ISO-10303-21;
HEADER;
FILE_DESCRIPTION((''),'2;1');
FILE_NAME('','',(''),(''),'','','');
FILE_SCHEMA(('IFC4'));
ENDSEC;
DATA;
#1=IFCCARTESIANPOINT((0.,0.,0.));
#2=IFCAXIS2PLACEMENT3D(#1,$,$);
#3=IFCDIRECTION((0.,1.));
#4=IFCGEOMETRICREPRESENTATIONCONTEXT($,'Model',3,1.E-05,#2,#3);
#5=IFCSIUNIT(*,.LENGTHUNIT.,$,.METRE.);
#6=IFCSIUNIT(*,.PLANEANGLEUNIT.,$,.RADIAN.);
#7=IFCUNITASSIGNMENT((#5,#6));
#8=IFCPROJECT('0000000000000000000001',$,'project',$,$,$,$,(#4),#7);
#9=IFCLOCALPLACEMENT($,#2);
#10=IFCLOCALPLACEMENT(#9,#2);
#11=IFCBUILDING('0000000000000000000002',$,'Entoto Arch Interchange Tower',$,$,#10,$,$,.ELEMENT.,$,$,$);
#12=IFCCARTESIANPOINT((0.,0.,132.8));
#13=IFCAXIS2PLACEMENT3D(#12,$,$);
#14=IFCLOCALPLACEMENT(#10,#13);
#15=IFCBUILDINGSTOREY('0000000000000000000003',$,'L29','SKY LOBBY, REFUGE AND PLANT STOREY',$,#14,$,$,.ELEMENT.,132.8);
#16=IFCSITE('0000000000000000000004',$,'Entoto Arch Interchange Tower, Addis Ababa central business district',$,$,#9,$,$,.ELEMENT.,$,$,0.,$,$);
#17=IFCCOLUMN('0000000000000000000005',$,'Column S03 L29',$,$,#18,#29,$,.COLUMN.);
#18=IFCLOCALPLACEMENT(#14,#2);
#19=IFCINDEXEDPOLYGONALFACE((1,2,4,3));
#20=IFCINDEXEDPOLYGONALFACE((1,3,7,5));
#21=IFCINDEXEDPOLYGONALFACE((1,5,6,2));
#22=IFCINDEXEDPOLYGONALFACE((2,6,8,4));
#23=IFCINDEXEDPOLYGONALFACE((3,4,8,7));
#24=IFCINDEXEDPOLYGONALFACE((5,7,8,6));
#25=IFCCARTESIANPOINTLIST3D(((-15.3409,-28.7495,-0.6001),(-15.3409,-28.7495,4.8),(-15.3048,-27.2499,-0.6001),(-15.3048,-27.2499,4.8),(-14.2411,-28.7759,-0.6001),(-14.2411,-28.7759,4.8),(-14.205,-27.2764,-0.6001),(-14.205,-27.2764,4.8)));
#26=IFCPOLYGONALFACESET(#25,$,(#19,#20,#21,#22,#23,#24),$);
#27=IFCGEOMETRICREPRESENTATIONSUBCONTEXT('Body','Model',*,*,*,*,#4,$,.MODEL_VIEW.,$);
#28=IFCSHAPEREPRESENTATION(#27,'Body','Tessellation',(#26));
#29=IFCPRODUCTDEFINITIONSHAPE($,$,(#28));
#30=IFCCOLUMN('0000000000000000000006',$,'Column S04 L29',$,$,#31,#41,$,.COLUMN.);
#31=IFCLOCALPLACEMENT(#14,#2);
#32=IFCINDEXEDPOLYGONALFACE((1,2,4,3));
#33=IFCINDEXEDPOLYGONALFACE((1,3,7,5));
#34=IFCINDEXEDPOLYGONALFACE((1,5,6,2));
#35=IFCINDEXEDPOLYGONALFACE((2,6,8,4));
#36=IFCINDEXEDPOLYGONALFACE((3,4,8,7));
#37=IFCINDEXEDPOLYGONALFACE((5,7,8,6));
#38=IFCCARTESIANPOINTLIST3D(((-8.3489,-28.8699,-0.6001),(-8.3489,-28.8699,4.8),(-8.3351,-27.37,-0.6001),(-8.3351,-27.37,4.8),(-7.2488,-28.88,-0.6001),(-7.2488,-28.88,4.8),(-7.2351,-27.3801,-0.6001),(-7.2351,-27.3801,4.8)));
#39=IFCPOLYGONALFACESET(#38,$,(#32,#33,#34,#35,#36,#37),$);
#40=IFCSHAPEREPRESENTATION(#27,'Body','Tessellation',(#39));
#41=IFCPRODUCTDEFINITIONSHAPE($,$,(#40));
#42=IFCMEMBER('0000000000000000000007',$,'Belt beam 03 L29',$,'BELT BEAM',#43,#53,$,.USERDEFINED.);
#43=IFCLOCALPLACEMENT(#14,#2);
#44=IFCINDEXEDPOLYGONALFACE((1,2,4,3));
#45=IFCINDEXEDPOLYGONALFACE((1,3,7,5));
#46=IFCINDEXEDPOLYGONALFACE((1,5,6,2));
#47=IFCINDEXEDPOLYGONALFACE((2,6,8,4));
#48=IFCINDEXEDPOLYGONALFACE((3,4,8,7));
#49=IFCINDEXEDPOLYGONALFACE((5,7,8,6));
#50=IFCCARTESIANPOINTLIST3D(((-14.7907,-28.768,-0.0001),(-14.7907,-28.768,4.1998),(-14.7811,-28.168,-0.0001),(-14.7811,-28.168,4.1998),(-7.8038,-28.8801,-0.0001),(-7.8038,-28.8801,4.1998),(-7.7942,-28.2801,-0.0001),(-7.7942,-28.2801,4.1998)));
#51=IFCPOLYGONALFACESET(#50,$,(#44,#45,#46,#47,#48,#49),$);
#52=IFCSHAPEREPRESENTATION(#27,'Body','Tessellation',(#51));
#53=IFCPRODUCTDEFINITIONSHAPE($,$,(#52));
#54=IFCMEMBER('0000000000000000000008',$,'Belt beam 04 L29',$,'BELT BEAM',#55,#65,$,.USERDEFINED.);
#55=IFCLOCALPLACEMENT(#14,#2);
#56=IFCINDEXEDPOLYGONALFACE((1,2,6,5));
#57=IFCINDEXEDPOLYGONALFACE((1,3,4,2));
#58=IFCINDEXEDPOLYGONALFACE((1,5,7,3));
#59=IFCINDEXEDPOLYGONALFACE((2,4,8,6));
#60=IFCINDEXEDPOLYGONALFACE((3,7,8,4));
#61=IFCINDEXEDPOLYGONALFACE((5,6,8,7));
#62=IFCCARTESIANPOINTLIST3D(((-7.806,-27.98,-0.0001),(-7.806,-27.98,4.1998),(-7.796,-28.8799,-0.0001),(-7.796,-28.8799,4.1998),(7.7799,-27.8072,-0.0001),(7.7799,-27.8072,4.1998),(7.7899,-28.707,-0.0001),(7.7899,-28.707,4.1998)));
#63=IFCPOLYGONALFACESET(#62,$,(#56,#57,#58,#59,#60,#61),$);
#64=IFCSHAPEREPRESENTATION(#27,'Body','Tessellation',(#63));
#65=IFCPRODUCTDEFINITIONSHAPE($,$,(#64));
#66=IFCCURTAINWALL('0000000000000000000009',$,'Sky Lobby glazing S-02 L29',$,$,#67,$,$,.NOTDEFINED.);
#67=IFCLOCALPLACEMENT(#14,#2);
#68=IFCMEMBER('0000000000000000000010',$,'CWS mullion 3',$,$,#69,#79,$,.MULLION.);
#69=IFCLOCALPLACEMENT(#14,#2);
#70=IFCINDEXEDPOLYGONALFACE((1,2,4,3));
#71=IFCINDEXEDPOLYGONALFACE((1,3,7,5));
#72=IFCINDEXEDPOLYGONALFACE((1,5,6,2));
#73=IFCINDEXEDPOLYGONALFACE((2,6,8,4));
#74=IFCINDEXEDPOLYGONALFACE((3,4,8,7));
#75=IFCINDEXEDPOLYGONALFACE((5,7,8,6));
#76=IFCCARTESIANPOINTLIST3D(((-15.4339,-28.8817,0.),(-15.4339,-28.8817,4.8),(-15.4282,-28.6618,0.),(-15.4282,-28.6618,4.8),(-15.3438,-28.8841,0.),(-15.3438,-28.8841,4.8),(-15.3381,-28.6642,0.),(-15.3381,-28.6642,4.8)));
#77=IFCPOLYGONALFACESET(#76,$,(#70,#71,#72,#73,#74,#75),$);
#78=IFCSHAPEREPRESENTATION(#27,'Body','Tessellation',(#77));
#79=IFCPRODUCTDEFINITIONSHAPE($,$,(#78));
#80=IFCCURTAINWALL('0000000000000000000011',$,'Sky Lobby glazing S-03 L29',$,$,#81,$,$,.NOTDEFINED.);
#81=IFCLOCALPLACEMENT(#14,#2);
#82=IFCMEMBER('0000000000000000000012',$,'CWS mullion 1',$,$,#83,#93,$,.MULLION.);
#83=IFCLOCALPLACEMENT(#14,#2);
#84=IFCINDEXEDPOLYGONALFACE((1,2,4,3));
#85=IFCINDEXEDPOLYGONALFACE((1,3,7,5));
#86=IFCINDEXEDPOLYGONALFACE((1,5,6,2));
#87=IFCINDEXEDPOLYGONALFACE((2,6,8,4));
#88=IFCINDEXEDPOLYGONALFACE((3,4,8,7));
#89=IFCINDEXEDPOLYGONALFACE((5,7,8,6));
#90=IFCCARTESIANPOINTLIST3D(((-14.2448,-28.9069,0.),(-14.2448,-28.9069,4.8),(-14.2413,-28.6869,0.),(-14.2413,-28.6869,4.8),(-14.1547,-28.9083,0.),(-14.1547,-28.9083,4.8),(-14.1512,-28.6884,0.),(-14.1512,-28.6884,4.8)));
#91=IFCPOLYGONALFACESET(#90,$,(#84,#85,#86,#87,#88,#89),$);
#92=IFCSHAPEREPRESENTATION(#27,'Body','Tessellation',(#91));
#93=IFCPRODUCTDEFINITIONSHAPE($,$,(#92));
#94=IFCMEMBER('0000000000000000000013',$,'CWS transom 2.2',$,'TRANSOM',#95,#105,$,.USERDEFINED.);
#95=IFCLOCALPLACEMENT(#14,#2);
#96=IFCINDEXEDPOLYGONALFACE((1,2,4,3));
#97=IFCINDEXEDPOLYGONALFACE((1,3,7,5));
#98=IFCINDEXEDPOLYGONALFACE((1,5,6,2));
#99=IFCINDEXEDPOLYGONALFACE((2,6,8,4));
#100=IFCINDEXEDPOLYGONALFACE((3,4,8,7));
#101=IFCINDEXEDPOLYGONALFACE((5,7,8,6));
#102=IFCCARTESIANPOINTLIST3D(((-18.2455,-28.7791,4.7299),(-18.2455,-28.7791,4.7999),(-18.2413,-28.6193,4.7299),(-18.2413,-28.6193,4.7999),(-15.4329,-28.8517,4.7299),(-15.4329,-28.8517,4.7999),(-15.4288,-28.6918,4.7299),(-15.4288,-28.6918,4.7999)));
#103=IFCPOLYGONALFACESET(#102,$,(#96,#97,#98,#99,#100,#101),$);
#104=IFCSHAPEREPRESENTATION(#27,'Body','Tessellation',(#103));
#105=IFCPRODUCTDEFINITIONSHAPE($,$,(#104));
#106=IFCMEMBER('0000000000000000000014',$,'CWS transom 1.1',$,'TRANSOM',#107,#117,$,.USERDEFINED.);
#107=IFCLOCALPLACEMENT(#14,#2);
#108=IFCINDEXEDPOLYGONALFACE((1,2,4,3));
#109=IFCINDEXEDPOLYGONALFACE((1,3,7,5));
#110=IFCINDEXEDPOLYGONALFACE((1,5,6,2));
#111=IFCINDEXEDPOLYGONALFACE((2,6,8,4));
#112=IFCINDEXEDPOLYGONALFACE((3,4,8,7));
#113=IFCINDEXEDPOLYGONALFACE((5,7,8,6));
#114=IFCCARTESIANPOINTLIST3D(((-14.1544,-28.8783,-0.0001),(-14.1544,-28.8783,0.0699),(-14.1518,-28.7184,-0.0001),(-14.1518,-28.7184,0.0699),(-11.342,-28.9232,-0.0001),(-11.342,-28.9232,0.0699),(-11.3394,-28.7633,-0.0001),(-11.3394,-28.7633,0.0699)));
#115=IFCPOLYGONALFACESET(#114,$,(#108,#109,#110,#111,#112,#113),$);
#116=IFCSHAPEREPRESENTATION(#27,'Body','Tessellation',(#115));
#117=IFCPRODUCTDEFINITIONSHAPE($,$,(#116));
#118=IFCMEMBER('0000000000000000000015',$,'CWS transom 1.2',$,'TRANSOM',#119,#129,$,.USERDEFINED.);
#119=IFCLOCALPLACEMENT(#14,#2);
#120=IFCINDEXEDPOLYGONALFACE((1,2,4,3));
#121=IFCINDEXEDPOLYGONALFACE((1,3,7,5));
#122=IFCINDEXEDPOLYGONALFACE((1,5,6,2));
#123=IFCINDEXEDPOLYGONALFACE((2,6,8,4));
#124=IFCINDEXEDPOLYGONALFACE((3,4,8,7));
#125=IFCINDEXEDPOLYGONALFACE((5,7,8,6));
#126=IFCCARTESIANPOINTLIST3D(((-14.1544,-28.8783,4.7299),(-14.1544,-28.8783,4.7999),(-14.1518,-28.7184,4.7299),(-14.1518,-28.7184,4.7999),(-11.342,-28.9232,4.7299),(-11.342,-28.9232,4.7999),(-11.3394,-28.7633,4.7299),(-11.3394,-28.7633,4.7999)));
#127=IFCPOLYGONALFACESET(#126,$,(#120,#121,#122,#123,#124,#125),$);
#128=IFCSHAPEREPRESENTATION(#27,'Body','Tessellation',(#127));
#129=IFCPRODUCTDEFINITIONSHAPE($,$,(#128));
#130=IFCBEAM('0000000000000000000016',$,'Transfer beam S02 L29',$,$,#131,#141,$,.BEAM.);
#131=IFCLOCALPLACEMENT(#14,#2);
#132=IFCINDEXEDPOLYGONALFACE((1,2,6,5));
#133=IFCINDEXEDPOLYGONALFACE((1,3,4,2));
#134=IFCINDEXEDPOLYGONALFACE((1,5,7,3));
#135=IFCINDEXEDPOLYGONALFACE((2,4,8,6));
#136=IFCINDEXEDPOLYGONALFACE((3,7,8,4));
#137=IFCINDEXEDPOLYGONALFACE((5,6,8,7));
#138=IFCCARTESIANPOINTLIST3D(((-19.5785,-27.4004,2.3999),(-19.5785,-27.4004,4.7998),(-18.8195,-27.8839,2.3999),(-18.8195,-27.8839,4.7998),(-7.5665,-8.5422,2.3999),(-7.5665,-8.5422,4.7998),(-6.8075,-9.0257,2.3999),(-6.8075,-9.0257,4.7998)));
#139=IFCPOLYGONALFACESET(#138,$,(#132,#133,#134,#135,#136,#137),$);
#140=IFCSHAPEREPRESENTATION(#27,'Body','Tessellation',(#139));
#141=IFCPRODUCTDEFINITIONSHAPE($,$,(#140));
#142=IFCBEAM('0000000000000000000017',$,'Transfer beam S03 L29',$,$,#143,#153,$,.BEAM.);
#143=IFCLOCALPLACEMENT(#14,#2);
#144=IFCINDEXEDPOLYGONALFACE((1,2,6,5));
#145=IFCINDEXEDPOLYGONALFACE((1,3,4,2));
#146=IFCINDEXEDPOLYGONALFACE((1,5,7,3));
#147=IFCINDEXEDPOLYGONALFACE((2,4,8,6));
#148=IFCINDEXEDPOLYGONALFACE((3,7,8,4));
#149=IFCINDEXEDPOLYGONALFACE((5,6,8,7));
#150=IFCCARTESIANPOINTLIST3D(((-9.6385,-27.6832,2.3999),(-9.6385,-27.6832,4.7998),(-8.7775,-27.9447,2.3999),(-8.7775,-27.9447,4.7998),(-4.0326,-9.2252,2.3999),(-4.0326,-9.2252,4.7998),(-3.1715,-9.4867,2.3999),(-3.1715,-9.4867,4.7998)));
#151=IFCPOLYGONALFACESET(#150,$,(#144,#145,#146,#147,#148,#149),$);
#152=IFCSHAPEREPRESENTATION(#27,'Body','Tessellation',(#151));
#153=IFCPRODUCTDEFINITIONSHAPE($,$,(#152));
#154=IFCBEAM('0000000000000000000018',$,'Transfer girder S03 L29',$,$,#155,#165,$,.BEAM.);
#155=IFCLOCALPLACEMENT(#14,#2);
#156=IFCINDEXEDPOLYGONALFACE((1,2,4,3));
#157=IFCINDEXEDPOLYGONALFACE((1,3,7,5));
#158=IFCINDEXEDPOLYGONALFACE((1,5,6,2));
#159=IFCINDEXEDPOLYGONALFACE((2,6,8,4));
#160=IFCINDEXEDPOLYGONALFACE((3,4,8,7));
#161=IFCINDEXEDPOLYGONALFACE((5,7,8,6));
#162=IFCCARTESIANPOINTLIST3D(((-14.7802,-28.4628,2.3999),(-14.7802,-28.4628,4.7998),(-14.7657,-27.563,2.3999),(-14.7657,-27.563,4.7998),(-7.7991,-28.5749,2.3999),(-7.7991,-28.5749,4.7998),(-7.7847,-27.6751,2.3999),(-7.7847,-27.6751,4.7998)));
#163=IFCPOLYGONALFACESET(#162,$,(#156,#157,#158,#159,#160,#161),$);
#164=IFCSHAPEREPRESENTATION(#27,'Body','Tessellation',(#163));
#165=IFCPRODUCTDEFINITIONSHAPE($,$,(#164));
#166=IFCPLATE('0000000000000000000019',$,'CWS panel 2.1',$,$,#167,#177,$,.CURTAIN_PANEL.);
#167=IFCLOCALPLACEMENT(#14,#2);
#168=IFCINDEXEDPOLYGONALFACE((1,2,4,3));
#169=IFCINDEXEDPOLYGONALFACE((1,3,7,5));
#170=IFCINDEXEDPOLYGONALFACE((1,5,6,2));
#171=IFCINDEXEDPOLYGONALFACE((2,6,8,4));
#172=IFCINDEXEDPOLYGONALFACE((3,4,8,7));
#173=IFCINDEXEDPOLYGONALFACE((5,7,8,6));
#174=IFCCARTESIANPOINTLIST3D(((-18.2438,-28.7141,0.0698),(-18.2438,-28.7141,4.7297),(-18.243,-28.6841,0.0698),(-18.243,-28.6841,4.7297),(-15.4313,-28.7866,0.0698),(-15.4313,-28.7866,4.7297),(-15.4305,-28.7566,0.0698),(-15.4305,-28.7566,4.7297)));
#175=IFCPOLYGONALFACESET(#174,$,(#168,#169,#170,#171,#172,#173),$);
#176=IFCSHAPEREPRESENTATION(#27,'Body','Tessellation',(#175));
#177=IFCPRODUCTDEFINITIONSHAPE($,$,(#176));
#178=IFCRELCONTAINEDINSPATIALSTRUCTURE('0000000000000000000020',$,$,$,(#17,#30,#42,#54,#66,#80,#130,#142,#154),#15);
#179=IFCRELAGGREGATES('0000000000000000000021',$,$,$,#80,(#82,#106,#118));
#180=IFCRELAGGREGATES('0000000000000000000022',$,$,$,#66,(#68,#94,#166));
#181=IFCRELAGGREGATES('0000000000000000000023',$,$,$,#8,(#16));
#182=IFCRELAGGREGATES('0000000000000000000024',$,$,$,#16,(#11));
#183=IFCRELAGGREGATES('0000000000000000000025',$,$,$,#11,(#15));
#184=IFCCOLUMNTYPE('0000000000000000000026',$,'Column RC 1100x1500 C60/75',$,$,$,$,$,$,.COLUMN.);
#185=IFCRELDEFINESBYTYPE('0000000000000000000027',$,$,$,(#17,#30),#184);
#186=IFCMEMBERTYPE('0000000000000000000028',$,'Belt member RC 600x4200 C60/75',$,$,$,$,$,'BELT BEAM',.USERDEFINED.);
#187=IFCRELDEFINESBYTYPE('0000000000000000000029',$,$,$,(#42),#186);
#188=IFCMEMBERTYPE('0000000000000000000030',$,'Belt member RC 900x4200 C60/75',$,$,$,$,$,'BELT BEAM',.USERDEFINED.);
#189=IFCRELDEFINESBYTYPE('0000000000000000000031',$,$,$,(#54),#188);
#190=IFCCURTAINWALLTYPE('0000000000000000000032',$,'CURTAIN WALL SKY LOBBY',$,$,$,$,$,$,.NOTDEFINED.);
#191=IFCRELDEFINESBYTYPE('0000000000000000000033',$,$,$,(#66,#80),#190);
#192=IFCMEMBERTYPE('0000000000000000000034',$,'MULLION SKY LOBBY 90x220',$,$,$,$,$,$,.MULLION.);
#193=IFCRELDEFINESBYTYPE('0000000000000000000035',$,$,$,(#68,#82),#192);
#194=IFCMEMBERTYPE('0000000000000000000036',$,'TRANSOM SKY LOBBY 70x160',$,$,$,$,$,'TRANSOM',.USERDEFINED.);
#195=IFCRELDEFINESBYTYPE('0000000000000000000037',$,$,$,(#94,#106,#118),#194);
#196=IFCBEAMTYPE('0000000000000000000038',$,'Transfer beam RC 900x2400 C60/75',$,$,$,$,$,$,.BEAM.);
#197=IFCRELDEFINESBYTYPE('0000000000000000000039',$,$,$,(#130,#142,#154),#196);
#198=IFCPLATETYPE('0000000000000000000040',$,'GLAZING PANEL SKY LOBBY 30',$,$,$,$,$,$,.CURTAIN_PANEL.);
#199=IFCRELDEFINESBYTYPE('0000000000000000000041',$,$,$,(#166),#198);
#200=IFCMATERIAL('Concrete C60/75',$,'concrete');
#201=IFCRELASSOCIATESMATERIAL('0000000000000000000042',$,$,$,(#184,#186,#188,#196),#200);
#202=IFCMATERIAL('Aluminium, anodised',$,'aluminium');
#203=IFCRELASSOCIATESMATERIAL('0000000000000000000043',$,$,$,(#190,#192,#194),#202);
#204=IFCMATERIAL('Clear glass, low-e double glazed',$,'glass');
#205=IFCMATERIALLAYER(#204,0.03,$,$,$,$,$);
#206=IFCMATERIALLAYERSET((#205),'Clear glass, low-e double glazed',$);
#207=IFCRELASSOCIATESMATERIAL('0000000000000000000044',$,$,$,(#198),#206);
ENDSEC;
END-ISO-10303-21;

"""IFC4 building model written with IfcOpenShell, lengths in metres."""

from ifc_helpers import new_model, si_unit, direction, frame, origin, origin_2d, place, context, subcontext, project, spatial, rectangle, extrude, material, layer, layer_set, material_profile, profile_set, type_object, element, aggregate, save


model = new_model("IFC4")

# Units and contexts
model_context = context("Model", 3, precision=1e-05, world=origin(), true_north=direction((0.0, 1.0)))
body_context = subcontext(model_context, "Body", "Model", "MODEL_VIEW")
ifc_project = project(units=[si_unit("LENGTHUNIT", "METRE"), si_unit("PLANEANGLEUNIT", "RADIAN")], contexts=[model_context])

# Site, building, storey
site_placement = place(None, origin())
site = spatial("IfcSite", under=ifc_project, at=site_placement, Name="Entoto Arch Interchange Tower, Addis Ababa central business district", CompositionType="ELEMENT", RefElevation=0.0)
building_placement = place(site_placement, origin())
building = spatial("IfcBuilding", under=site, at=building_placement, Name="Entoto Arch Interchange Tower", CompositionType="ELEMENT")
storey_placement = place(building_placement, frame((0.0, 0.0, 132.8)))
storey = spatial("IfcBuildingStorey", under=building, at=storey_placement, Name="L29", Description="SKY LOBBY, REFUGE AND PLANT STOREY", CompositionType="ELEMENT", Elevation=132.8)

# Columns
ifc_material_1 = material(Name="Concrete C60/75", Category="concrete")
ifc_material_profile_1 = material_profile(ifc_material_1, rectangle(XDim=1.1001, YDim=1.5, at=origin_2d()))
ifc_profile_set_1 = profile_set([ifc_material_profile_1], Name="Concrete C60/75")
column_type = type_object("IfcColumnType", Name="Column RC 1100x1500 C60/75", PredefinedType="COLUMN", material=ifc_profile_set_1)
for number, where, z_axis, x_axis, name in (
    (1, (-14.7729, -28.0129, -0.6001), (0.0, 0.0, 1.0), (-0.999711, 0.024031, 0.0), "Column S03 L29"),
    (2, (-7.792, -28.125, -0.6001), (0.0, 0.0, 1.0), (-0.999958, 0.009163, 0.0), "Column S04 L29"),
):
    element("IfcColumn", number, at=place(storey_placement, frame(where, z_axis=z_axis, x_axis=x_axis)), inside=storey, type_object=column_type, Name=name, PredefinedType="COLUMN", context=body_context, shape_type="SweptSolid", body=[
        extrude(rectangle(XDim=1.1001, YDim=1.5, at=origin_2d()), origin(), (0.0, 0.0, 1.0), 5.4001),
    ])

# Members
ifc_material_profile_2 = material_profile(ifc_material_1, rectangle(XDim=0.6001, YDim=4.2, at=origin_2d()))
ifc_profile_set_2 = profile_set([ifc_material_profile_2], Name="Concrete C60/75")
member_type_1 = type_object("IfcMemberType", Name="Belt member RC 600x4200 C60/75", ElementType="BELT BEAM", PredefinedType="USERDEFINED", material=ifc_profile_set_2)
member_1_placement = place(storey_placement, frame((-14.7859, -28.468, 2.0999), z_axis=(0.999871, -0.016037, 0.0), x_axis=(0.016037, 0.999871, 0.0)))
element("IfcMember", 3, at=member_1_placement, inside=storey, type_object=member_type_1, Name="Belt beam 03 L29", ObjectType="BELT BEAM", PredefinedType="USERDEFINED", context=body_context, shape_type="SweptSolid", body=[
    extrude(rectangle(XDim=0.6001, YDim=4.2, at=origin_2d()), origin(), (0.0, 0.0, 1.0), 6.9878),
])
ifc_material_profile_3 = material_profile(ifc_material_1, rectangle(XDim=0.8999, YDim=4.2, at=origin_2d()))
ifc_profile_set_3 = profile_set([ifc_material_profile_3], Name="Concrete C60/75")
member_type_2 = type_object("IfcMemberType", Name="Belt member RC 900x4200 C60/75", ElementType="BELT BEAM", PredefinedType="USERDEFINED", material=ifc_profile_set_3)
member_2_placement = place(storey_placement, frame((-7.801, -28.4299, 2.0999), z_axis=(0.999939, 0.01109, 0.0), x_axis=(-0.01109, 0.999939, 0.0)))
element("IfcMember", 4, at=member_2_placement, inside=storey, type_object=member_type_2, Name="Belt beam 04 L29", ObjectType="BELT BEAM", PredefinedType="USERDEFINED", context=body_context, shape_type="SweptSolid", body=[
    extrude(rectangle(XDim=0.8999, YDim=4.2, at=origin_2d()), origin(), (0.0, 0.0, 1.0), 15.5869),
])

# Curtain walls, members
ifc_material_2 = material(Name="Aluminium, anodised", Category="aluminium")
curtain_wall_type = type_object("IfcCurtainWallType", Name="CURTAIN WALL SKY LOBBY", PredefinedType="NOTDEFINED", material=ifc_material_2)
curtain_wall_1_placement = place(storey_placement, origin())
curtain_wall_1 = element("IfcCurtainWall", 5, at=curtain_wall_1_placement, inside=storey, type_object=curtain_wall_type, Name="Sky Lobby glazing S-02 L29", PredefinedType="NOTDEFINED")
ifc_material_profile_4 = material_profile(ifc_material_2, rectangle(XDim=0.22, YDim=0.0901, at=origin_2d()))
ifc_profile_set_4 = profile_set([ifc_material_profile_4], Name="Aluminium, anodised")
member_type_3 = type_object("IfcMemberType", Name="MULLION SKY LOBBY 90x220", PredefinedType="MULLION", material=ifc_profile_set_4)
member_3_placement = place(storey_placement, frame((-15.386, -28.7729, 0.0), z_axis=(0.0, 0.0, 1.0), x_axis=(0.025776, 0.999668, 0.0)))
member_3 = element("IfcMember", 6, at=member_3_placement, type_object=member_type_3, Name="CWS mullion 3", PredefinedType="MULLION", context=body_context, shape_type="SweptSolid", body=[
    extrude(rectangle(XDim=0.22, YDim=0.0901, at=origin_2d()), origin(), (0.0, 0.0, 1.0), 4.8),
])
curtain_wall_2_placement = place(storey_placement, origin())
curtain_wall_2 = element("IfcCurtainWall", 7, at=curtain_wall_2_placement, inside=storey, type_object=curtain_wall_type, Name="Sky Lobby glazing S-03 L29", PredefinedType="NOTDEFINED")
member_4_placement = place(storey_placement, frame((-14.198, -28.7976, 0.0), z_axis=(0.0, 0.0, 1.0), x_axis=(0.015944, 0.999873, 0.0)))
member_4 = element("IfcMember", 8, at=member_4_placement, type_object=member_type_3, Name="CWS mullion 1", PredefinedType="MULLION", context=body_context, shape_type="SweptSolid", body=[
    extrude(rectangle(XDim=0.22, YDim=0.0901, at=origin_2d()), origin(), (0.0, 0.0, 1.0), 4.8),
])

# Members
ifc_material_profile_5 = material_profile(ifc_material_2, rectangle(XDim=0.1599, YDim=0.0701, at=origin_2d()))
ifc_profile_set_5 = profile_set([ifc_material_profile_5], Name="Aluminium, anodised")
member_type_4 = type_object("IfcMemberType", Name="TRANSOM SKY LOBBY 70x160", ElementType="TRANSOM", PredefinedType="USERDEFINED", material=ifc_profile_set_5)
member_5_placement = place(storey_placement, frame((-18.2434, -28.6992, 4.7649), z_axis=(0.999668, -0.025773, 0.0), x_axis=(0.025773, 0.999668, 0.0)))
member_5 = element("IfcMember", 9, at=member_5_placement, type_object=member_type_4, Name="CWS transom 2.2", ObjectType="TRANSOM", PredefinedType="USERDEFINED", context=body_context, shape_type="SweptSolid", body=[
    extrude(rectangle(XDim=0.1599, YDim=0.0701, at=origin_2d()), origin(), (0.0, 0.0, 1.0), 2.8135),
])
member_6_placement = place(storey_placement, frame((-14.1531, -28.7983, 0.0349), z_axis=(0.999872, -0.01597, 0.0), x_axis=(0.01597, 0.999872, 0.0)))
member_6 = element("IfcMember", 10, at=member_6_placement, type_object=member_type_4, Name="CWS transom 1.1", ObjectType="TRANSOM", PredefinedType="USERDEFINED", context=body_context, shape_type="SweptSolid", body=[
    extrude(rectangle(XDim=0.1599, YDim=0.0701, at=origin_2d()), origin(), (0.0, 0.0, 1.0), 2.8127),
])
member_7_placement = place(storey_placement, frame((-14.1531, -28.7983, 4.7649), z_axis=(0.999872, -0.01597, 0.0), x_axis=(0.01597, 0.999872, 0.0)))
member_7 = element("IfcMember", 11, at=member_7_placement, type_object=member_type_4, Name="CWS transom 1.2", ObjectType="TRANSOM", PredefinedType="USERDEFINED", context=body_context, shape_type="SweptSolid", body=[
    extrude(rectangle(XDim=0.1599, YDim=0.0701, at=origin_2d()), origin(), (0.0, 0.0, 1.0), 2.8127),
])
aggregate(curtain_wall_2, [member_4, member_6, member_7])

# Beams
ifc_material_profile_6 = material_profile(ifc_material_1, rectangle(XDim=0.8999, YDim=2.3999, at=origin_2d()))
ifc_profile_set_6 = profile_set([ifc_material_profile_6], Name="Concrete C60/75")
beam_type = type_object("IfcBeamType", Name="Transfer beam RC 900x2400 C60/75", PredefinedType="BEAM", material=ifc_profile_set_6)
beam_1_placement = place(storey_placement, frame((-7.187, -8.7839, 3.5999), z_axis=(-0.537236, -0.843432, 0.0), x_axis=(0.843432, -0.537236, 0.0)))
element("IfcBeam", 12, at=beam_1_placement, inside=storey, type_object=beam_type, Name="Transfer beam S02 L29", PredefinedType="BEAM", context=body_context, shape_type="SweptSolid", body=[
    extrude(rectangle(XDim=0.8999, YDim=2.3999, at=origin_2d()), origin(), (0.0, 0.0, 1.0), 22.3589),
])
beam_2_placement = place(storey_placement, frame((-3.6021, -9.356, 3.5999), z_axis=(-0.290607, -0.956843, 0.0), x_axis=(0.956843, -0.290607, 0.0)))
element("IfcBeam", 13, at=beam_2_placement, inside=storey, type_object=beam_type, Name="Transfer beam S03 L29", PredefinedType="BEAM", context=body_context, shape_type="SweptSolid", body=[
    extrude(rectangle(XDim=0.8999, YDim=2.3999, at=origin_2d()), origin(), (0.0, 0.0, 1.0), 19.2905),
])
beam_3_placement = place(storey_placement, frame((-14.7729, -28.0129, 3.5999), z_axis=(0.999871, -0.01605, 0.0), x_axis=(0.01605, 0.999871, 0.0)))
element("IfcBeam", 14, at=beam_3_placement, inside=storey, type_object=beam_type, Name="Transfer girder S03 L29", PredefinedType="BEAM", context=body_context, shape_type="SweptSolid", body=[
    extrude(rectangle(XDim=0.8999, YDim=2.3999, at=origin_2d()), origin(), (0.0, 0.0, 1.0), 6.9819),
])

# Plate
ifc_material_3 = material(Name="Clear glass, low-e double glazed", Category="glass")
ifc_layer_1 = layer(ifc_material_3, 0.03)
ifc_layer_set_1 = layer_set([ifc_layer_1], Name="Clear glass, low-e double glazed")
plate_type = type_object("IfcPlateType", Name="GLAZING PANEL SKY LOBBY 30", PredefinedType="CURTAIN_PANEL", material=ifc_layer_set_1)
plate_placement = place(storey_placement, frame((-16.8372, -28.7354, 0.0698), z_axis=(0.0, 0.0, 1.0), x_axis=(0.999668, -0.025776, 0.0)))
plate = element("IfcPlate", 15, at=plate_placement, type_object=plate_type, Name="CWS panel 2.1", PredefinedType="CURTAIN_PANEL", context=body_context, shape_type="SweptSolid", body=[
    extrude(rectangle(XDim=2.8135, YDim=0.03, at=origin_2d()), origin(), (0.0, 0.0, 1.0), 4.6599),
])
aggregate(curtain_wall_1, [member_3, member_5, plate])

save(model, "model.ifc")
